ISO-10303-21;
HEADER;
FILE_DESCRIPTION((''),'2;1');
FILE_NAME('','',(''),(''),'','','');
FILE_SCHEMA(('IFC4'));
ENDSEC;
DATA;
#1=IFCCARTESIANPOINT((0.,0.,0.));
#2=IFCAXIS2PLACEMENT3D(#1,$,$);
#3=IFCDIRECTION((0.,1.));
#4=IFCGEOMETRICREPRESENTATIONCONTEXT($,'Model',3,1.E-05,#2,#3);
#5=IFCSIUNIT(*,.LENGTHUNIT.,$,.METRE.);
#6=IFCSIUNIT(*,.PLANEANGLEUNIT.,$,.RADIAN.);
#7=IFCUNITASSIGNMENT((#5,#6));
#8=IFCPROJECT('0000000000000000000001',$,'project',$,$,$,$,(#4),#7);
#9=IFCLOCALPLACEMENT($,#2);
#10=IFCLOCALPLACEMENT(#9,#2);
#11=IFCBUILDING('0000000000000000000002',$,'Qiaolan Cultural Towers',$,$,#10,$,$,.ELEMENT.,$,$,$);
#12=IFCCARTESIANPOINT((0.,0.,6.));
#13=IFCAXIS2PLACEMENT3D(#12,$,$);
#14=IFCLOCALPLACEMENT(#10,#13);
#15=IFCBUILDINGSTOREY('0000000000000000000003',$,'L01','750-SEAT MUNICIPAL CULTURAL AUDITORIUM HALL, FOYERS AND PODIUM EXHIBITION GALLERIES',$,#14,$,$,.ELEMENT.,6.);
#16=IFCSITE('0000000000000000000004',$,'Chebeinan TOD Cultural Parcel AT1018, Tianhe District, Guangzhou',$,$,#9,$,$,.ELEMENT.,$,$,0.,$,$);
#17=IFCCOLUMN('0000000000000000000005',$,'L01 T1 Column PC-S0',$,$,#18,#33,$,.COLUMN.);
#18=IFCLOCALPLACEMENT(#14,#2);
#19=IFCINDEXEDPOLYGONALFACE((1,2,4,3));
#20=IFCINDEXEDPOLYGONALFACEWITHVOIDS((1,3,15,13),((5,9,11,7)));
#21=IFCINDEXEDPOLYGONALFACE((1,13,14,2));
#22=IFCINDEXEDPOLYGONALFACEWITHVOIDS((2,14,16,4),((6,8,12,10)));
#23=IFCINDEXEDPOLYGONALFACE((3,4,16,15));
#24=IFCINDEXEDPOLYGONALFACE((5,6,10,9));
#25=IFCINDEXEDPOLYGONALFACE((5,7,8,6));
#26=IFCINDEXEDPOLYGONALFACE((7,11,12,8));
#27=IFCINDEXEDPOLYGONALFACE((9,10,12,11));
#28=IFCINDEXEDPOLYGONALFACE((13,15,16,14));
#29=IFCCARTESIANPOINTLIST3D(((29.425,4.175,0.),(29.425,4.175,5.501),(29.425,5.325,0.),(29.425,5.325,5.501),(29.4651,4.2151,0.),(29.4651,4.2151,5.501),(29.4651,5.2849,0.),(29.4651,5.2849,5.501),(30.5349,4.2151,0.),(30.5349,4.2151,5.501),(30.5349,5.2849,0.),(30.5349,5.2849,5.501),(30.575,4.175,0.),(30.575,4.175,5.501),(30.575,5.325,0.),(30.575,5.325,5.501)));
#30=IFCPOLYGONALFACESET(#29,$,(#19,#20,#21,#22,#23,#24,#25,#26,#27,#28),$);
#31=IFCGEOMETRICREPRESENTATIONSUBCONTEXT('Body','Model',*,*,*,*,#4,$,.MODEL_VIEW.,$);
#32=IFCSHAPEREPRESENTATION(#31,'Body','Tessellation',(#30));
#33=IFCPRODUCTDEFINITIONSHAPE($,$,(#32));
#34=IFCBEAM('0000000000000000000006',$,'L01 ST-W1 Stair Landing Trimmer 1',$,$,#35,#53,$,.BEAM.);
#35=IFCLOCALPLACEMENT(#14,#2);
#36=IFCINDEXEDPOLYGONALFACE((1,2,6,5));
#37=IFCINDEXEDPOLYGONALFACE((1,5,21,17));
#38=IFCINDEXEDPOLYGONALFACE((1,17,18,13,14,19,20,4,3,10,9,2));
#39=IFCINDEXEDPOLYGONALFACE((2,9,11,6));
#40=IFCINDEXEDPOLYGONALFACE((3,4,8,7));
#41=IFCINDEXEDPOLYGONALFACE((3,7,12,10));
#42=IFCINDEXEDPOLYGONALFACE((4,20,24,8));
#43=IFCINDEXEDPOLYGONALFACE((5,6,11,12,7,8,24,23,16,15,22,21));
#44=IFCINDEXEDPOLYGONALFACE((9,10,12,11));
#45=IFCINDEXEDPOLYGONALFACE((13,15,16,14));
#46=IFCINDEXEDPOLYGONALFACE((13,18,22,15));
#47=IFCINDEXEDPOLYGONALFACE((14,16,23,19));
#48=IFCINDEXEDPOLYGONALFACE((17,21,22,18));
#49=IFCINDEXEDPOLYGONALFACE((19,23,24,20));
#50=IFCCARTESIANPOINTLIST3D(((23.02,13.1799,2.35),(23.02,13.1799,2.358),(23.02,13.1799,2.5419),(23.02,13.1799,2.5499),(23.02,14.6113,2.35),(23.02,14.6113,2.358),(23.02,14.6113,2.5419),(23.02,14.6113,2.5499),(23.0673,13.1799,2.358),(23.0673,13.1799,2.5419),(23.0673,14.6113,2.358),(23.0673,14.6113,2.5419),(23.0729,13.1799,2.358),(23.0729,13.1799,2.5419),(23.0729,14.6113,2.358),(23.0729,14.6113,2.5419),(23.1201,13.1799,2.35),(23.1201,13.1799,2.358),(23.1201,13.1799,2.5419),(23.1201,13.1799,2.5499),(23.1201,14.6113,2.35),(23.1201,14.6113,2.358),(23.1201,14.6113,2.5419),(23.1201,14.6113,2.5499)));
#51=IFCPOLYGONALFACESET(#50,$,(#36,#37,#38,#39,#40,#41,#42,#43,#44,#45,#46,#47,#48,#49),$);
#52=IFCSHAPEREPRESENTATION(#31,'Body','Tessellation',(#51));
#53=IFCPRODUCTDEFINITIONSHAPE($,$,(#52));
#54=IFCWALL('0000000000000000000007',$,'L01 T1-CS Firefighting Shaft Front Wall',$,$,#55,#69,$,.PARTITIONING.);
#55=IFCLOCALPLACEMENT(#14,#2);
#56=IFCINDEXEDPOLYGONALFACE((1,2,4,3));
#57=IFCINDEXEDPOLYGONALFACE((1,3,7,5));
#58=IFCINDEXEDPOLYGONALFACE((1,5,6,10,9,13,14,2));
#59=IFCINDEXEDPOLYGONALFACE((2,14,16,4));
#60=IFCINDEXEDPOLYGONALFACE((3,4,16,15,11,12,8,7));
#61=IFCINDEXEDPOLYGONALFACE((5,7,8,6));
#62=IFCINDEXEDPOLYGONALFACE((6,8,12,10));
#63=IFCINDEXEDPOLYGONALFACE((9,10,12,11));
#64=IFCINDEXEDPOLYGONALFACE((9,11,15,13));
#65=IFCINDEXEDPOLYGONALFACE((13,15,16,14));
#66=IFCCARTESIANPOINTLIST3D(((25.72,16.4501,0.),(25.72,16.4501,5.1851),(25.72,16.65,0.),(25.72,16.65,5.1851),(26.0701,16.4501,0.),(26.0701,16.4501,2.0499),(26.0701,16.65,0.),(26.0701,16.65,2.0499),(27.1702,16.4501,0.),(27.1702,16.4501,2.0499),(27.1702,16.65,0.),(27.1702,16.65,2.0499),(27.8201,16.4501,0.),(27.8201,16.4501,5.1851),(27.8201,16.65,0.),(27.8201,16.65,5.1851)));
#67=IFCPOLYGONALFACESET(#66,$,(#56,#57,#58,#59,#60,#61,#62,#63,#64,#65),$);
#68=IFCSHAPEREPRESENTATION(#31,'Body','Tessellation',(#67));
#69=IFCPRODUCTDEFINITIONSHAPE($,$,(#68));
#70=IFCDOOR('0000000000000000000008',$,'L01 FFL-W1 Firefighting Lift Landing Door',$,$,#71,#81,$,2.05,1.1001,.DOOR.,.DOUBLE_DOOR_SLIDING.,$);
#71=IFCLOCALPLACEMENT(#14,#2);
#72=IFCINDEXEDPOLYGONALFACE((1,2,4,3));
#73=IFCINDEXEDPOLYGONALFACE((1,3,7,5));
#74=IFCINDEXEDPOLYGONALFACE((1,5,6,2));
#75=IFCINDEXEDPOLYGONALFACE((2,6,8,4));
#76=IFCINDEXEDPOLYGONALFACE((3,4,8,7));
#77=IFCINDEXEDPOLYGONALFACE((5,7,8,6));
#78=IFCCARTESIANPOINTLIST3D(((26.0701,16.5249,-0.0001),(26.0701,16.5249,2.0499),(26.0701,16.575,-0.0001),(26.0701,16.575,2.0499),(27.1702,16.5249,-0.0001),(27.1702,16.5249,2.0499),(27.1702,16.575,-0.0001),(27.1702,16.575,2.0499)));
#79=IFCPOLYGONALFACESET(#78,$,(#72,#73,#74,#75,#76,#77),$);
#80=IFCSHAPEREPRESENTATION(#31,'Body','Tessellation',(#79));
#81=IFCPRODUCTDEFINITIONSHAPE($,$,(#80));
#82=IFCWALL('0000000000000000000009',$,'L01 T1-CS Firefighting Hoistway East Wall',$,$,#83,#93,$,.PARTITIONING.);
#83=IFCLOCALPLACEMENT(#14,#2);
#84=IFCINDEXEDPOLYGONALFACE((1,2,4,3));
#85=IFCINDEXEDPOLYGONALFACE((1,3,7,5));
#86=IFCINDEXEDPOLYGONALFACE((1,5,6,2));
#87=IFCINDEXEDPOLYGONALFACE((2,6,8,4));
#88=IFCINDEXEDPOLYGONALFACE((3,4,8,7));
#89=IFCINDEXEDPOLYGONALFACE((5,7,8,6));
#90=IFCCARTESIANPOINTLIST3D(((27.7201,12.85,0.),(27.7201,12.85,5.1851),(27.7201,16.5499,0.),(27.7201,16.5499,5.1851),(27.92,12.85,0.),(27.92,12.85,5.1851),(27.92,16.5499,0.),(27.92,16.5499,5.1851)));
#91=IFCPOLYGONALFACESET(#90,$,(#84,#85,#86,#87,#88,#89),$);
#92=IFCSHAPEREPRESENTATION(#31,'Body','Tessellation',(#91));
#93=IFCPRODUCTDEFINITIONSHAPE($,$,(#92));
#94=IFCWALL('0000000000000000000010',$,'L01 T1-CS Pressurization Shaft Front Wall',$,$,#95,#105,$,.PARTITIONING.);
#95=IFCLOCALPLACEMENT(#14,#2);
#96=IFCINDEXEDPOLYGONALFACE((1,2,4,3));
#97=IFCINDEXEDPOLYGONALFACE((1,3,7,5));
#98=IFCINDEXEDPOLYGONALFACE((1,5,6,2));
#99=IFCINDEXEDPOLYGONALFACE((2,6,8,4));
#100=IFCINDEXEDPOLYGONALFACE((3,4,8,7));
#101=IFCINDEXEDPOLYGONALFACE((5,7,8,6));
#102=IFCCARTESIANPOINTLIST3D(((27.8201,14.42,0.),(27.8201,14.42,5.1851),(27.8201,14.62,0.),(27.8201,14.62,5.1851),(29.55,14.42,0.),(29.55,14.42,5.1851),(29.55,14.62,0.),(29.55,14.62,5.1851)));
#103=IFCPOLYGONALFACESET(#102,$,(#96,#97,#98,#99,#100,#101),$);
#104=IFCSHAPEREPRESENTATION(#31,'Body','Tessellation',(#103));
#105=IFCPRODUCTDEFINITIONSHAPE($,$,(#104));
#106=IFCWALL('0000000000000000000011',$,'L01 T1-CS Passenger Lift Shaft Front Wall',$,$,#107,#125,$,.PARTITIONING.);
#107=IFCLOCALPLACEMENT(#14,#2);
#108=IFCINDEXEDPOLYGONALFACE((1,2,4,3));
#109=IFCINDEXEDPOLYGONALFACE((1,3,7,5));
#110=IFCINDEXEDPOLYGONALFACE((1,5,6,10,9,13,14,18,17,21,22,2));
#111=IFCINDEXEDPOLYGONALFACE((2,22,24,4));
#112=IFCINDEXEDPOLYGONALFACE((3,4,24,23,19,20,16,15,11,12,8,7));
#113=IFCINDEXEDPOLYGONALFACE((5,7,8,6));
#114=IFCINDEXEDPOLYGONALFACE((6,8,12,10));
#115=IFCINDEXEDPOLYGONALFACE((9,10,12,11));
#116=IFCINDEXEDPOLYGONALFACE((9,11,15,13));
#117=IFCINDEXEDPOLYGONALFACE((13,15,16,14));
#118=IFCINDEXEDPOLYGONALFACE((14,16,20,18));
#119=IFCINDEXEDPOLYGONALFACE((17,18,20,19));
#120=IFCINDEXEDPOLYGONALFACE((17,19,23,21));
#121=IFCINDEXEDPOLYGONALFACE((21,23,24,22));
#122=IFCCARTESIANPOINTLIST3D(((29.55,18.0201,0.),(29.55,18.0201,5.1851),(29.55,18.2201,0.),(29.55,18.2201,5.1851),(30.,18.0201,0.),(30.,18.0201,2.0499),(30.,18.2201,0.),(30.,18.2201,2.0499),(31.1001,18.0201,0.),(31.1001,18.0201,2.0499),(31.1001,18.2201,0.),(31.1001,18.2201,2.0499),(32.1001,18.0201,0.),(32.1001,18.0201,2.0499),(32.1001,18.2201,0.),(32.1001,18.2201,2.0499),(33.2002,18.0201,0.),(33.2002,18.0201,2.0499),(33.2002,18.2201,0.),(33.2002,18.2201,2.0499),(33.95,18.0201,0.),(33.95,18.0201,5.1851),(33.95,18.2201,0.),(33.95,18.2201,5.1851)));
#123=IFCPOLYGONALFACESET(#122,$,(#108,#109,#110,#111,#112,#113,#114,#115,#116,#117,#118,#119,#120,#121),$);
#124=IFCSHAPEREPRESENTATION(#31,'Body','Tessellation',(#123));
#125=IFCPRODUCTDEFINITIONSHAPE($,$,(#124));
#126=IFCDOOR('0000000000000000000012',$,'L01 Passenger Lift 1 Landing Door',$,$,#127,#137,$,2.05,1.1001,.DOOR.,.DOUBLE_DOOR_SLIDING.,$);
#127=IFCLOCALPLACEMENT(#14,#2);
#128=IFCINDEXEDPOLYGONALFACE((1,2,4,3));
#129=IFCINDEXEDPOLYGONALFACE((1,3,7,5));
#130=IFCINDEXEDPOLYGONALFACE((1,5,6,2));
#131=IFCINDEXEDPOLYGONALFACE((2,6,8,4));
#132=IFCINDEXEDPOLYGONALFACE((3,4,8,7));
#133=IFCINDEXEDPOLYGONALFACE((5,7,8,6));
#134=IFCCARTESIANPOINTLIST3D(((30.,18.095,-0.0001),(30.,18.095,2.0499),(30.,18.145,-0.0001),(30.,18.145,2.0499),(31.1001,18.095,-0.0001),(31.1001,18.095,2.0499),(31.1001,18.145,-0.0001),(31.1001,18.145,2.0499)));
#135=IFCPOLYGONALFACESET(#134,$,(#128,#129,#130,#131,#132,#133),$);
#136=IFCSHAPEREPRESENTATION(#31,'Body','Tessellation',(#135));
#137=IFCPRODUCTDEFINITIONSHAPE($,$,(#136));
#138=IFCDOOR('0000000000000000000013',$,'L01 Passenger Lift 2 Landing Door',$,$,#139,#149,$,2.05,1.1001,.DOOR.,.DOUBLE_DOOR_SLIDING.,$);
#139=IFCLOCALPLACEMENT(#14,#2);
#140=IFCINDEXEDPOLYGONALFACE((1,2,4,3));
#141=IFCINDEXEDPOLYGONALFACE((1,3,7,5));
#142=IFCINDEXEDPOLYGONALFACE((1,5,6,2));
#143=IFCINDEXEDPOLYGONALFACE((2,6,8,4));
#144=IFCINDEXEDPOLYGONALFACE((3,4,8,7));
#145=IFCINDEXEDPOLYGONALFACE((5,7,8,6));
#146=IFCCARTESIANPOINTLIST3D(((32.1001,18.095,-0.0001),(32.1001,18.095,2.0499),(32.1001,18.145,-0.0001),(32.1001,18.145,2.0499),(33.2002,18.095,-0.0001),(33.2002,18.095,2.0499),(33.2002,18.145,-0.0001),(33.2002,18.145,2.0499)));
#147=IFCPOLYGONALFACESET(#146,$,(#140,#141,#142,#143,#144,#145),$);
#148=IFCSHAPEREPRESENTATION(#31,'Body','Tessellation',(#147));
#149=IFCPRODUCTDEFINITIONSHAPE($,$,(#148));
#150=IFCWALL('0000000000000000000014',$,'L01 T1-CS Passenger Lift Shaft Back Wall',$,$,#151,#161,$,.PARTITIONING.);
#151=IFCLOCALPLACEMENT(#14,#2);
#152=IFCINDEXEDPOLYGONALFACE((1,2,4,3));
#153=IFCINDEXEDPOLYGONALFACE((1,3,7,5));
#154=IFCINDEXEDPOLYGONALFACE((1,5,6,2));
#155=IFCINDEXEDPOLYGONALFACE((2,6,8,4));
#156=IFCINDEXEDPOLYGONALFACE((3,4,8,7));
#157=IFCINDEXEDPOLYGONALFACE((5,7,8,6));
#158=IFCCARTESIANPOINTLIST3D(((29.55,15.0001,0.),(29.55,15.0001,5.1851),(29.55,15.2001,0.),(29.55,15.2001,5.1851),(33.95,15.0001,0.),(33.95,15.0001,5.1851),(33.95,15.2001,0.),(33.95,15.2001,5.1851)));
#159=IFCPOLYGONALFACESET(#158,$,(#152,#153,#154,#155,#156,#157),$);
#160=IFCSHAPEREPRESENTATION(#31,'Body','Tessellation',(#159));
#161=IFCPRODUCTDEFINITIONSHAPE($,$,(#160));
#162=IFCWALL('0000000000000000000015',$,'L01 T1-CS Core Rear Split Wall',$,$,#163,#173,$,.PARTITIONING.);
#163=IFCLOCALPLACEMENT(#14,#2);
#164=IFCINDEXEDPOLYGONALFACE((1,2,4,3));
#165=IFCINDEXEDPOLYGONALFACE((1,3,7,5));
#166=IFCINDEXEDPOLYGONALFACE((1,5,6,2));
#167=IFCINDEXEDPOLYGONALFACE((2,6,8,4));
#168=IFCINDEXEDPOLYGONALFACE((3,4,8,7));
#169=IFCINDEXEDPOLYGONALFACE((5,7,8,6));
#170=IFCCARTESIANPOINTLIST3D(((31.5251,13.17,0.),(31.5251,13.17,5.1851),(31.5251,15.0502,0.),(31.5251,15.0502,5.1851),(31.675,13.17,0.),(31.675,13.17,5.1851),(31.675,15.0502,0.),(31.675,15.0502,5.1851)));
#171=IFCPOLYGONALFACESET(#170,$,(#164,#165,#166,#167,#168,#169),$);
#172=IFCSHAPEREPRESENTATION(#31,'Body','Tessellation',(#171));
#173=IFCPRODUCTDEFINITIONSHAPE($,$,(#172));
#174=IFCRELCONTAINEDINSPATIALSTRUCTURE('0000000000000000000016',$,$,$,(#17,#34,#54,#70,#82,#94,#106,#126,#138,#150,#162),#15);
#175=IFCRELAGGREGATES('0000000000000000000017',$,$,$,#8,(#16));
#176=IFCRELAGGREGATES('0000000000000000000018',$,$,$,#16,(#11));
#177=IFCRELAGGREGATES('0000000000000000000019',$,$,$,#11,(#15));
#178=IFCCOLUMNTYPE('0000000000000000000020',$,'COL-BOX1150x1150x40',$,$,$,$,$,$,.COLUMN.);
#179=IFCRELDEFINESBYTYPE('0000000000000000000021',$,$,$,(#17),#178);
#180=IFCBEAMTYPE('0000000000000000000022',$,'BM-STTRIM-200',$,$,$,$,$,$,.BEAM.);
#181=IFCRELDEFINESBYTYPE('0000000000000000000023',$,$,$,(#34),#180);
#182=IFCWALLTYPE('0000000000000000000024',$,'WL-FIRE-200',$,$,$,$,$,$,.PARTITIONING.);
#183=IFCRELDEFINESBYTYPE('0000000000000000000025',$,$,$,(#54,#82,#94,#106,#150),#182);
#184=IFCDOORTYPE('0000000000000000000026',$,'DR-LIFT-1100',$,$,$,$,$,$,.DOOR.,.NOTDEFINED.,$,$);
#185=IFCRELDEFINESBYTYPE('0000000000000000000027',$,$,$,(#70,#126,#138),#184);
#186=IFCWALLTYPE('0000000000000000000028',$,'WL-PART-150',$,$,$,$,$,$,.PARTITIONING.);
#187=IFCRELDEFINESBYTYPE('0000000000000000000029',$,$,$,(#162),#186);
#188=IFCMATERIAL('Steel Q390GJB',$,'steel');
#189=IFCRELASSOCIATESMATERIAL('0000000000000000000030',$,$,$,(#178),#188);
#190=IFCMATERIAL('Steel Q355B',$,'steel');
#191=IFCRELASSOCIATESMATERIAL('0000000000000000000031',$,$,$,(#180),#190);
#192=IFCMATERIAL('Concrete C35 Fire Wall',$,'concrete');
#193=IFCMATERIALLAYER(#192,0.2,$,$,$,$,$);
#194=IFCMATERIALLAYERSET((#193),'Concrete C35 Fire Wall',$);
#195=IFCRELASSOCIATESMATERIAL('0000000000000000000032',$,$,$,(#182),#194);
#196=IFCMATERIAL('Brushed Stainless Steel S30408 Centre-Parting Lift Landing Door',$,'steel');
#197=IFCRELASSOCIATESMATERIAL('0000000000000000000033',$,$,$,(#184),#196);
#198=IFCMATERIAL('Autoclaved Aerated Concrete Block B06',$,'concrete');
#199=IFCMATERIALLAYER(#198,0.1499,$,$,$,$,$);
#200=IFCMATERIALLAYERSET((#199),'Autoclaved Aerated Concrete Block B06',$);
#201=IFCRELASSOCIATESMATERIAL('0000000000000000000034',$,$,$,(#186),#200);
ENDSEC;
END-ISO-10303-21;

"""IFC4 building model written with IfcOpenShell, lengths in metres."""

from ifc_helpers import new_model, si_unit, direction, frame, frame_2d, origin, origin_2d, place, context, subcontext, project, spatial, rectangle, hollow_rectangle, i_section, extrude, material, layer, layer_set, material_profile, profile_set, type_object, element, fill, save


model = new_model("IFC4")

# Units and contexts
model_context = context("Model", 3, precision=1e-05, world=origin(), true_north=direction((0.0, 1.0)))
body_context = subcontext(model_context, "Body", "Model", "MODEL_VIEW")
ifc_project = project(units=[si_unit("LENGTHUNIT", "METRE"), si_unit("PLANEANGLEUNIT", "RADIAN")], contexts=[model_context])

# Site, building, storey
site_placement = place(None, origin())
site = spatial("IfcSite", under=ifc_project, at=site_placement, Name="Chebeinan TOD Cultural Parcel AT1018, Tianhe District, Guangzhou", CompositionType="ELEMENT", RefElevation=0.0)
building_placement = place(site_placement, origin())
building = spatial("IfcBuilding", under=site, at=building_placement, Name="Qiaolan Cultural Towers", CompositionType="ELEMENT")
storey_placement = place(building_placement, frame((0.0, 0.0, 6.0)))
storey = spatial("IfcBuildingStorey", under=building, at=storey_placement, Name="L01", Description="750-SEAT MUNICIPAL CULTURAL AUDITORIUM HALL, FOYERS AND PODIUM EXHIBITION GALLERIES", CompositionType="ELEMENT", Elevation=6.0)

# Column
ifc_material_1 = material(Name="Steel Q390GJB", Category="steel")
ifc_material_profile_1 = material_profile(ifc_material_1, hollow_rectangle(XDim=1.1499, YDim=1.1499, WallThickness=0.04, at=origin_2d()), Name="BOX1150x1150x40")
ifc_profile_set_1 = profile_set([ifc_material_profile_1], Name="Steel Q390GJB")
column_type = type_object("IfcColumnType", Name="COL-BOX1150x1150x40", PredefinedType="COLUMN", material=ifc_profile_set_1)
column_placement = place(storey_placement, frame((30.0, 4.75, 0.0), z_axis=(0.0, 0.0, 1.0), x_axis=(1.0, 0.0, 0.0)))
element("IfcColumn", 1, at=column_placement, inside=storey, type_object=column_type, Name="L01 T1 Column PC-S0", PredefinedType="COLUMN", context=body_context, shape_type="SweptSolid", body=[
    extrude(hollow_rectangle(XDim=1.1499, YDim=1.1499, WallThickness=0.04, at=origin_2d()), origin(), (0.0, 0.0, 1.0), 5.501),
])

# Beam
ifc_material_2 = material(Name="Steel Q355B", Category="steel")
ifc_material_profile_2 = material_profile(ifc_material_2, i_section(OverallWidth=0.1001, OverallDepth=0.2, WebThickness=0.0056, FlangeThickness=0.0081, at=origin_2d()), Name="HN200x100x5.5x8")
ifc_profile_set_2 = profile_set([ifc_material_profile_2], Name="Steel Q355B")
beam_type = type_object("IfcBeamType", Name="BM-STTRIM-200", PredefinedType="BEAM", material=ifc_profile_set_2)
beam_placement = place(storey_placement, frame((23.0701, 14.6113, 2.45), z_axis=(0.0, -1.0, 0.0), x_axis=(1.0, 0.0, 0.0)))
element("IfcBeam", 2, at=beam_placement, inside=storey, type_object=beam_type, Name="L01 ST-W1 Stair Landing Trimmer 1", PredefinedType="BEAM", context=body_context, shape_type="SweptSolid", body=[
    extrude(i_section(OverallWidth=0.1001, OverallDepth=0.2, WebThickness=0.0056, FlangeThickness=0.0081, at=origin_2d()), origin(), (0.0, 0.0, 1.0), 1.4314),
])

# Wall, opening, door
ifc_material_3 = material(Name="Concrete C35 Fire Wall", Category="concrete")
ifc_layer_1 = layer(ifc_material_3, 0.2)
ifc_layer_set_1 = layer_set([ifc_layer_1], Name="Concrete C35 Fire Wall")
wall_type_1 = type_object("IfcWallType", Name="WL-FIRE-200", PredefinedType="PARTITIONING", material=ifc_layer_set_1)
wall_1_placement = place(storey_placement, frame((25.72, 16.55, 0.0), z_axis=(0.0, 0.0, 1.0), x_axis=(1.0, 0.0, 0.0)))
wall_1 = element("IfcWall", 3, at=wall_1_placement, inside=storey, type_object=wall_type_1, Name="L01 T1-CS Firefighting Shaft Front Wall", PredefinedType="PARTITIONING", context=body_context, shape_type="SweptSolid", body=[
    extrude(rectangle(XDim=2.1001, YDim=0.2, at=frame_2d((1.05, 0.0))), origin(), (0.0, 0.0, 1.0), 5.1851),
])
opening_1_placement = place(wall_1_placement, frame((0.3501, 0.0, 0.0)))
opening_1 = element("IfcOpeningElement", 4, at=opening_1_placement, cuts=wall_1, PredefinedType="OPENING", context=body_context, shape_type="SweptSolid", body=[
    extrude(rectangle(XDim=1.1001, YDim=2.05, at=frame_2d((0.55, 1.0249))), frame((0.0, 0.1099, 0.0), z_axis=(0.0, -1.0, 0.0), x_axis=(1.0, 0.0, 0.0)), (0.0, 0.0, 1.0), 0.22),
])
ifc_material_4 = material(Name="Brushed Stainless Steel S30408 Centre-Parting Lift Landing Door", Category="steel")
door_type = type_object("IfcDoorType", Name="DR-LIFT-1100", OperationType="NOTDEFINED", PredefinedType="DOOR", material=ifc_material_4)
door_1_placement = place(opening_1_placement, origin())
door_1 = element("IfcDoor", 5, at=door_1_placement, inside=storey, type_object=door_type, Name="L01 FFL-W1 Firefighting Lift Landing Door", OperationType="DOUBLE_DOOR_SLIDING", OverallHeight=2.05, OverallWidth=1.1001, PredefinedType="DOOR", context=body_context, shape_type="SweptSolid", body=[
    extrude(rectangle(XDim=1.1001, YDim=2.05, at=frame_2d((0.55, 1.0249))), frame((0.0, 0.0249, 0.0), z_axis=(0.0, -1.0, 0.0), x_axis=(1.0, 0.0, 0.0)), (0.0, 0.0, 1.0), 0.05),
])
fill(opening_1, door_1)

# Walls
wall_2_placement = place(storey_placement, frame((27.8201, 16.55, 0.0), z_axis=(0.0, 0.0, 1.0), x_axis=(0.0, -1.0, 0.0)))
element("IfcWall", 6, at=wall_2_placement, inside=storey, type_object=wall_type_1, Name="L01 T1-CS Firefighting Hoistway East Wall", PredefinedType="PARTITIONING", context=body_context, shape_type="SweptSolid", body=[
    extrude(rectangle(XDim=3.7, YDim=0.2, at=frame_2d((1.8501, 0.0))), origin(), (0.0, 0.0, 1.0), 5.1851),
])
wall_3_placement = place(storey_placement, frame((27.8201, 14.52, 0.0), z_axis=(0.0, 0.0, 1.0), x_axis=(1.0, 0.0, 0.0)))
element("IfcWall", 7, at=wall_3_placement, inside=storey, type_object=wall_type_1, Name="L01 T1-CS Pressurization Shaft Front Wall", PredefinedType="PARTITIONING", context=body_context, shape_type="SweptSolid", body=[
    extrude(rectangle(XDim=1.73, YDim=0.2, at=frame_2d((0.865, 0.0))), origin(), (0.0, 0.0, 1.0), 5.1851),
])

# Wall, openings, doors
wall_4_placement = place(storey_placement, frame((29.55, 18.1201, 0.0), z_axis=(0.0, 0.0, 1.0), x_axis=(1.0, 0.0, 0.0)))
wall_4 = element("IfcWall", 8, at=wall_4_placement, inside=storey, type_object=wall_type_1, Name="L01 T1-CS Passenger Lift Shaft Front Wall", PredefinedType="PARTITIONING", context=body_context, shape_type="SweptSolid", body=[
    extrude(rectangle(XDim=4.3999, YDim=0.2, at=frame_2d((2.2, 0.0))), origin(), (0.0, 0.0, 1.0), 5.1851),
])
opening_2_placement = place(wall_4_placement, frame((0.45, 0.0, 0.0)))
opening_2 = element("IfcOpeningElement", 9, at=opening_2_placement, cuts=wall_4, PredefinedType="OPENING", context=body_context, shape_type="SweptSolid", body=[
    extrude(rectangle(XDim=1.1001, YDim=2.05, at=frame_2d((0.55, 1.0249))), frame((0.0, 0.1099, 0.0), z_axis=(0.0, -1.0, 0.0), x_axis=(1.0, 0.0, 0.0)), (0.0, 0.0, 1.0), 0.22),
])
opening_3_placement = place(wall_4_placement, frame((2.55, 0.0, 0.0)))
opening_3 = element("IfcOpeningElement", 10, at=opening_3_placement, cuts=wall_4, PredefinedType="OPENING", context=body_context, shape_type="SweptSolid", body=[
    extrude(rectangle(XDim=1.1001, YDim=2.05, at=frame_2d((0.55, 1.0249))), frame((0.0, 0.1099, 0.0), z_axis=(0.0, -1.0, 0.0), x_axis=(1.0, 0.0, 0.0)), (0.0, 0.0, 1.0), 0.22),
])
door_2_placement = place(opening_2_placement, origin())
door_2 = element("IfcDoor", 11, at=door_2_placement, inside=storey, type_object=door_type, Name="L01 Passenger Lift 1 Landing Door", OperationType="DOUBLE_DOOR_SLIDING", OverallHeight=2.05, OverallWidth=1.1001, PredefinedType="DOOR", context=body_context, shape_type="SweptSolid", body=[
    extrude(rectangle(XDim=1.1001, YDim=2.05, at=frame_2d((0.55, 1.0249))), frame((0.0, 0.0249, 0.0), z_axis=(0.0, -1.0, 0.0), x_axis=(1.0, 0.0, 0.0)), (0.0, 0.0, 1.0), 0.05),
])
fill(opening_2, door_2)
door_3_placement = place(opening_3_placement, origin())
door_3 = element("IfcDoor", 12, at=door_3_placement, inside=storey, type_object=door_type, Name="L01 Passenger Lift 2 Landing Door", OperationType="DOUBLE_DOOR_SLIDING", OverallHeight=2.05, OverallWidth=1.1001, PredefinedType="DOOR", context=body_context, shape_type="SweptSolid", body=[
    extrude(rectangle(XDim=1.1001, YDim=2.05, at=frame_2d((0.55, 1.0249))), frame((0.0, 0.0249, 0.0), z_axis=(0.0, -1.0, 0.0), x_axis=(1.0, 0.0, 0.0)), (0.0, 0.0, 1.0), 0.05),
])
fill(opening_3, door_3)

# Walls
wall_5_placement = place(storey_placement, frame((29.55, 15.1001, 0.0), z_axis=(0.0, 0.0, 1.0), x_axis=(1.0, 0.0, 0.0)))
element("IfcWall", 13, at=wall_5_placement, inside=storey, type_object=wall_type_1, Name="L01 T1-CS Passenger Lift Shaft Back Wall", PredefinedType="PARTITIONING", context=body_context, shape_type="SweptSolid", body=[
    extrude(rectangle(XDim=4.3999, YDim=0.2, at=frame_2d((2.2, 0.0))), origin(), (0.0, 0.0, 1.0), 5.1851),
])
ifc_material_5 = material(Name="Autoclaved Aerated Concrete Block B06", Category="concrete")
ifc_layer_2 = layer(ifc_material_5, 0.1499)
ifc_layer_set_2 = layer_set([ifc_layer_2], Name="Autoclaved Aerated Concrete Block B06")
wall_type_2 = type_object("IfcWallType", Name="WL-PART-150", PredefinedType="PARTITIONING", material=ifc_layer_set_2)
wall_6_placement = place(storey_placement, frame((31.6001, 15.05, 0.0), z_axis=(0.0, 0.0, 1.0), x_axis=(0.0, -1.0, 0.0)))
element("IfcWall", 14, at=wall_6_placement, inside=storey, type_object=wall_type_2, Name="L01 T1-CS Core Rear Split Wall", PredefinedType="PARTITIONING", context=body_context, shape_type="SweptSolid", body=[
    extrude(rectangle(XDim=1.8801, YDim=0.1499, at=frame_2d((0.9399, 0.0))), origin(), (0.0, 0.0, 1.0), 5.1851),
])

save(model, "model.ifc")
